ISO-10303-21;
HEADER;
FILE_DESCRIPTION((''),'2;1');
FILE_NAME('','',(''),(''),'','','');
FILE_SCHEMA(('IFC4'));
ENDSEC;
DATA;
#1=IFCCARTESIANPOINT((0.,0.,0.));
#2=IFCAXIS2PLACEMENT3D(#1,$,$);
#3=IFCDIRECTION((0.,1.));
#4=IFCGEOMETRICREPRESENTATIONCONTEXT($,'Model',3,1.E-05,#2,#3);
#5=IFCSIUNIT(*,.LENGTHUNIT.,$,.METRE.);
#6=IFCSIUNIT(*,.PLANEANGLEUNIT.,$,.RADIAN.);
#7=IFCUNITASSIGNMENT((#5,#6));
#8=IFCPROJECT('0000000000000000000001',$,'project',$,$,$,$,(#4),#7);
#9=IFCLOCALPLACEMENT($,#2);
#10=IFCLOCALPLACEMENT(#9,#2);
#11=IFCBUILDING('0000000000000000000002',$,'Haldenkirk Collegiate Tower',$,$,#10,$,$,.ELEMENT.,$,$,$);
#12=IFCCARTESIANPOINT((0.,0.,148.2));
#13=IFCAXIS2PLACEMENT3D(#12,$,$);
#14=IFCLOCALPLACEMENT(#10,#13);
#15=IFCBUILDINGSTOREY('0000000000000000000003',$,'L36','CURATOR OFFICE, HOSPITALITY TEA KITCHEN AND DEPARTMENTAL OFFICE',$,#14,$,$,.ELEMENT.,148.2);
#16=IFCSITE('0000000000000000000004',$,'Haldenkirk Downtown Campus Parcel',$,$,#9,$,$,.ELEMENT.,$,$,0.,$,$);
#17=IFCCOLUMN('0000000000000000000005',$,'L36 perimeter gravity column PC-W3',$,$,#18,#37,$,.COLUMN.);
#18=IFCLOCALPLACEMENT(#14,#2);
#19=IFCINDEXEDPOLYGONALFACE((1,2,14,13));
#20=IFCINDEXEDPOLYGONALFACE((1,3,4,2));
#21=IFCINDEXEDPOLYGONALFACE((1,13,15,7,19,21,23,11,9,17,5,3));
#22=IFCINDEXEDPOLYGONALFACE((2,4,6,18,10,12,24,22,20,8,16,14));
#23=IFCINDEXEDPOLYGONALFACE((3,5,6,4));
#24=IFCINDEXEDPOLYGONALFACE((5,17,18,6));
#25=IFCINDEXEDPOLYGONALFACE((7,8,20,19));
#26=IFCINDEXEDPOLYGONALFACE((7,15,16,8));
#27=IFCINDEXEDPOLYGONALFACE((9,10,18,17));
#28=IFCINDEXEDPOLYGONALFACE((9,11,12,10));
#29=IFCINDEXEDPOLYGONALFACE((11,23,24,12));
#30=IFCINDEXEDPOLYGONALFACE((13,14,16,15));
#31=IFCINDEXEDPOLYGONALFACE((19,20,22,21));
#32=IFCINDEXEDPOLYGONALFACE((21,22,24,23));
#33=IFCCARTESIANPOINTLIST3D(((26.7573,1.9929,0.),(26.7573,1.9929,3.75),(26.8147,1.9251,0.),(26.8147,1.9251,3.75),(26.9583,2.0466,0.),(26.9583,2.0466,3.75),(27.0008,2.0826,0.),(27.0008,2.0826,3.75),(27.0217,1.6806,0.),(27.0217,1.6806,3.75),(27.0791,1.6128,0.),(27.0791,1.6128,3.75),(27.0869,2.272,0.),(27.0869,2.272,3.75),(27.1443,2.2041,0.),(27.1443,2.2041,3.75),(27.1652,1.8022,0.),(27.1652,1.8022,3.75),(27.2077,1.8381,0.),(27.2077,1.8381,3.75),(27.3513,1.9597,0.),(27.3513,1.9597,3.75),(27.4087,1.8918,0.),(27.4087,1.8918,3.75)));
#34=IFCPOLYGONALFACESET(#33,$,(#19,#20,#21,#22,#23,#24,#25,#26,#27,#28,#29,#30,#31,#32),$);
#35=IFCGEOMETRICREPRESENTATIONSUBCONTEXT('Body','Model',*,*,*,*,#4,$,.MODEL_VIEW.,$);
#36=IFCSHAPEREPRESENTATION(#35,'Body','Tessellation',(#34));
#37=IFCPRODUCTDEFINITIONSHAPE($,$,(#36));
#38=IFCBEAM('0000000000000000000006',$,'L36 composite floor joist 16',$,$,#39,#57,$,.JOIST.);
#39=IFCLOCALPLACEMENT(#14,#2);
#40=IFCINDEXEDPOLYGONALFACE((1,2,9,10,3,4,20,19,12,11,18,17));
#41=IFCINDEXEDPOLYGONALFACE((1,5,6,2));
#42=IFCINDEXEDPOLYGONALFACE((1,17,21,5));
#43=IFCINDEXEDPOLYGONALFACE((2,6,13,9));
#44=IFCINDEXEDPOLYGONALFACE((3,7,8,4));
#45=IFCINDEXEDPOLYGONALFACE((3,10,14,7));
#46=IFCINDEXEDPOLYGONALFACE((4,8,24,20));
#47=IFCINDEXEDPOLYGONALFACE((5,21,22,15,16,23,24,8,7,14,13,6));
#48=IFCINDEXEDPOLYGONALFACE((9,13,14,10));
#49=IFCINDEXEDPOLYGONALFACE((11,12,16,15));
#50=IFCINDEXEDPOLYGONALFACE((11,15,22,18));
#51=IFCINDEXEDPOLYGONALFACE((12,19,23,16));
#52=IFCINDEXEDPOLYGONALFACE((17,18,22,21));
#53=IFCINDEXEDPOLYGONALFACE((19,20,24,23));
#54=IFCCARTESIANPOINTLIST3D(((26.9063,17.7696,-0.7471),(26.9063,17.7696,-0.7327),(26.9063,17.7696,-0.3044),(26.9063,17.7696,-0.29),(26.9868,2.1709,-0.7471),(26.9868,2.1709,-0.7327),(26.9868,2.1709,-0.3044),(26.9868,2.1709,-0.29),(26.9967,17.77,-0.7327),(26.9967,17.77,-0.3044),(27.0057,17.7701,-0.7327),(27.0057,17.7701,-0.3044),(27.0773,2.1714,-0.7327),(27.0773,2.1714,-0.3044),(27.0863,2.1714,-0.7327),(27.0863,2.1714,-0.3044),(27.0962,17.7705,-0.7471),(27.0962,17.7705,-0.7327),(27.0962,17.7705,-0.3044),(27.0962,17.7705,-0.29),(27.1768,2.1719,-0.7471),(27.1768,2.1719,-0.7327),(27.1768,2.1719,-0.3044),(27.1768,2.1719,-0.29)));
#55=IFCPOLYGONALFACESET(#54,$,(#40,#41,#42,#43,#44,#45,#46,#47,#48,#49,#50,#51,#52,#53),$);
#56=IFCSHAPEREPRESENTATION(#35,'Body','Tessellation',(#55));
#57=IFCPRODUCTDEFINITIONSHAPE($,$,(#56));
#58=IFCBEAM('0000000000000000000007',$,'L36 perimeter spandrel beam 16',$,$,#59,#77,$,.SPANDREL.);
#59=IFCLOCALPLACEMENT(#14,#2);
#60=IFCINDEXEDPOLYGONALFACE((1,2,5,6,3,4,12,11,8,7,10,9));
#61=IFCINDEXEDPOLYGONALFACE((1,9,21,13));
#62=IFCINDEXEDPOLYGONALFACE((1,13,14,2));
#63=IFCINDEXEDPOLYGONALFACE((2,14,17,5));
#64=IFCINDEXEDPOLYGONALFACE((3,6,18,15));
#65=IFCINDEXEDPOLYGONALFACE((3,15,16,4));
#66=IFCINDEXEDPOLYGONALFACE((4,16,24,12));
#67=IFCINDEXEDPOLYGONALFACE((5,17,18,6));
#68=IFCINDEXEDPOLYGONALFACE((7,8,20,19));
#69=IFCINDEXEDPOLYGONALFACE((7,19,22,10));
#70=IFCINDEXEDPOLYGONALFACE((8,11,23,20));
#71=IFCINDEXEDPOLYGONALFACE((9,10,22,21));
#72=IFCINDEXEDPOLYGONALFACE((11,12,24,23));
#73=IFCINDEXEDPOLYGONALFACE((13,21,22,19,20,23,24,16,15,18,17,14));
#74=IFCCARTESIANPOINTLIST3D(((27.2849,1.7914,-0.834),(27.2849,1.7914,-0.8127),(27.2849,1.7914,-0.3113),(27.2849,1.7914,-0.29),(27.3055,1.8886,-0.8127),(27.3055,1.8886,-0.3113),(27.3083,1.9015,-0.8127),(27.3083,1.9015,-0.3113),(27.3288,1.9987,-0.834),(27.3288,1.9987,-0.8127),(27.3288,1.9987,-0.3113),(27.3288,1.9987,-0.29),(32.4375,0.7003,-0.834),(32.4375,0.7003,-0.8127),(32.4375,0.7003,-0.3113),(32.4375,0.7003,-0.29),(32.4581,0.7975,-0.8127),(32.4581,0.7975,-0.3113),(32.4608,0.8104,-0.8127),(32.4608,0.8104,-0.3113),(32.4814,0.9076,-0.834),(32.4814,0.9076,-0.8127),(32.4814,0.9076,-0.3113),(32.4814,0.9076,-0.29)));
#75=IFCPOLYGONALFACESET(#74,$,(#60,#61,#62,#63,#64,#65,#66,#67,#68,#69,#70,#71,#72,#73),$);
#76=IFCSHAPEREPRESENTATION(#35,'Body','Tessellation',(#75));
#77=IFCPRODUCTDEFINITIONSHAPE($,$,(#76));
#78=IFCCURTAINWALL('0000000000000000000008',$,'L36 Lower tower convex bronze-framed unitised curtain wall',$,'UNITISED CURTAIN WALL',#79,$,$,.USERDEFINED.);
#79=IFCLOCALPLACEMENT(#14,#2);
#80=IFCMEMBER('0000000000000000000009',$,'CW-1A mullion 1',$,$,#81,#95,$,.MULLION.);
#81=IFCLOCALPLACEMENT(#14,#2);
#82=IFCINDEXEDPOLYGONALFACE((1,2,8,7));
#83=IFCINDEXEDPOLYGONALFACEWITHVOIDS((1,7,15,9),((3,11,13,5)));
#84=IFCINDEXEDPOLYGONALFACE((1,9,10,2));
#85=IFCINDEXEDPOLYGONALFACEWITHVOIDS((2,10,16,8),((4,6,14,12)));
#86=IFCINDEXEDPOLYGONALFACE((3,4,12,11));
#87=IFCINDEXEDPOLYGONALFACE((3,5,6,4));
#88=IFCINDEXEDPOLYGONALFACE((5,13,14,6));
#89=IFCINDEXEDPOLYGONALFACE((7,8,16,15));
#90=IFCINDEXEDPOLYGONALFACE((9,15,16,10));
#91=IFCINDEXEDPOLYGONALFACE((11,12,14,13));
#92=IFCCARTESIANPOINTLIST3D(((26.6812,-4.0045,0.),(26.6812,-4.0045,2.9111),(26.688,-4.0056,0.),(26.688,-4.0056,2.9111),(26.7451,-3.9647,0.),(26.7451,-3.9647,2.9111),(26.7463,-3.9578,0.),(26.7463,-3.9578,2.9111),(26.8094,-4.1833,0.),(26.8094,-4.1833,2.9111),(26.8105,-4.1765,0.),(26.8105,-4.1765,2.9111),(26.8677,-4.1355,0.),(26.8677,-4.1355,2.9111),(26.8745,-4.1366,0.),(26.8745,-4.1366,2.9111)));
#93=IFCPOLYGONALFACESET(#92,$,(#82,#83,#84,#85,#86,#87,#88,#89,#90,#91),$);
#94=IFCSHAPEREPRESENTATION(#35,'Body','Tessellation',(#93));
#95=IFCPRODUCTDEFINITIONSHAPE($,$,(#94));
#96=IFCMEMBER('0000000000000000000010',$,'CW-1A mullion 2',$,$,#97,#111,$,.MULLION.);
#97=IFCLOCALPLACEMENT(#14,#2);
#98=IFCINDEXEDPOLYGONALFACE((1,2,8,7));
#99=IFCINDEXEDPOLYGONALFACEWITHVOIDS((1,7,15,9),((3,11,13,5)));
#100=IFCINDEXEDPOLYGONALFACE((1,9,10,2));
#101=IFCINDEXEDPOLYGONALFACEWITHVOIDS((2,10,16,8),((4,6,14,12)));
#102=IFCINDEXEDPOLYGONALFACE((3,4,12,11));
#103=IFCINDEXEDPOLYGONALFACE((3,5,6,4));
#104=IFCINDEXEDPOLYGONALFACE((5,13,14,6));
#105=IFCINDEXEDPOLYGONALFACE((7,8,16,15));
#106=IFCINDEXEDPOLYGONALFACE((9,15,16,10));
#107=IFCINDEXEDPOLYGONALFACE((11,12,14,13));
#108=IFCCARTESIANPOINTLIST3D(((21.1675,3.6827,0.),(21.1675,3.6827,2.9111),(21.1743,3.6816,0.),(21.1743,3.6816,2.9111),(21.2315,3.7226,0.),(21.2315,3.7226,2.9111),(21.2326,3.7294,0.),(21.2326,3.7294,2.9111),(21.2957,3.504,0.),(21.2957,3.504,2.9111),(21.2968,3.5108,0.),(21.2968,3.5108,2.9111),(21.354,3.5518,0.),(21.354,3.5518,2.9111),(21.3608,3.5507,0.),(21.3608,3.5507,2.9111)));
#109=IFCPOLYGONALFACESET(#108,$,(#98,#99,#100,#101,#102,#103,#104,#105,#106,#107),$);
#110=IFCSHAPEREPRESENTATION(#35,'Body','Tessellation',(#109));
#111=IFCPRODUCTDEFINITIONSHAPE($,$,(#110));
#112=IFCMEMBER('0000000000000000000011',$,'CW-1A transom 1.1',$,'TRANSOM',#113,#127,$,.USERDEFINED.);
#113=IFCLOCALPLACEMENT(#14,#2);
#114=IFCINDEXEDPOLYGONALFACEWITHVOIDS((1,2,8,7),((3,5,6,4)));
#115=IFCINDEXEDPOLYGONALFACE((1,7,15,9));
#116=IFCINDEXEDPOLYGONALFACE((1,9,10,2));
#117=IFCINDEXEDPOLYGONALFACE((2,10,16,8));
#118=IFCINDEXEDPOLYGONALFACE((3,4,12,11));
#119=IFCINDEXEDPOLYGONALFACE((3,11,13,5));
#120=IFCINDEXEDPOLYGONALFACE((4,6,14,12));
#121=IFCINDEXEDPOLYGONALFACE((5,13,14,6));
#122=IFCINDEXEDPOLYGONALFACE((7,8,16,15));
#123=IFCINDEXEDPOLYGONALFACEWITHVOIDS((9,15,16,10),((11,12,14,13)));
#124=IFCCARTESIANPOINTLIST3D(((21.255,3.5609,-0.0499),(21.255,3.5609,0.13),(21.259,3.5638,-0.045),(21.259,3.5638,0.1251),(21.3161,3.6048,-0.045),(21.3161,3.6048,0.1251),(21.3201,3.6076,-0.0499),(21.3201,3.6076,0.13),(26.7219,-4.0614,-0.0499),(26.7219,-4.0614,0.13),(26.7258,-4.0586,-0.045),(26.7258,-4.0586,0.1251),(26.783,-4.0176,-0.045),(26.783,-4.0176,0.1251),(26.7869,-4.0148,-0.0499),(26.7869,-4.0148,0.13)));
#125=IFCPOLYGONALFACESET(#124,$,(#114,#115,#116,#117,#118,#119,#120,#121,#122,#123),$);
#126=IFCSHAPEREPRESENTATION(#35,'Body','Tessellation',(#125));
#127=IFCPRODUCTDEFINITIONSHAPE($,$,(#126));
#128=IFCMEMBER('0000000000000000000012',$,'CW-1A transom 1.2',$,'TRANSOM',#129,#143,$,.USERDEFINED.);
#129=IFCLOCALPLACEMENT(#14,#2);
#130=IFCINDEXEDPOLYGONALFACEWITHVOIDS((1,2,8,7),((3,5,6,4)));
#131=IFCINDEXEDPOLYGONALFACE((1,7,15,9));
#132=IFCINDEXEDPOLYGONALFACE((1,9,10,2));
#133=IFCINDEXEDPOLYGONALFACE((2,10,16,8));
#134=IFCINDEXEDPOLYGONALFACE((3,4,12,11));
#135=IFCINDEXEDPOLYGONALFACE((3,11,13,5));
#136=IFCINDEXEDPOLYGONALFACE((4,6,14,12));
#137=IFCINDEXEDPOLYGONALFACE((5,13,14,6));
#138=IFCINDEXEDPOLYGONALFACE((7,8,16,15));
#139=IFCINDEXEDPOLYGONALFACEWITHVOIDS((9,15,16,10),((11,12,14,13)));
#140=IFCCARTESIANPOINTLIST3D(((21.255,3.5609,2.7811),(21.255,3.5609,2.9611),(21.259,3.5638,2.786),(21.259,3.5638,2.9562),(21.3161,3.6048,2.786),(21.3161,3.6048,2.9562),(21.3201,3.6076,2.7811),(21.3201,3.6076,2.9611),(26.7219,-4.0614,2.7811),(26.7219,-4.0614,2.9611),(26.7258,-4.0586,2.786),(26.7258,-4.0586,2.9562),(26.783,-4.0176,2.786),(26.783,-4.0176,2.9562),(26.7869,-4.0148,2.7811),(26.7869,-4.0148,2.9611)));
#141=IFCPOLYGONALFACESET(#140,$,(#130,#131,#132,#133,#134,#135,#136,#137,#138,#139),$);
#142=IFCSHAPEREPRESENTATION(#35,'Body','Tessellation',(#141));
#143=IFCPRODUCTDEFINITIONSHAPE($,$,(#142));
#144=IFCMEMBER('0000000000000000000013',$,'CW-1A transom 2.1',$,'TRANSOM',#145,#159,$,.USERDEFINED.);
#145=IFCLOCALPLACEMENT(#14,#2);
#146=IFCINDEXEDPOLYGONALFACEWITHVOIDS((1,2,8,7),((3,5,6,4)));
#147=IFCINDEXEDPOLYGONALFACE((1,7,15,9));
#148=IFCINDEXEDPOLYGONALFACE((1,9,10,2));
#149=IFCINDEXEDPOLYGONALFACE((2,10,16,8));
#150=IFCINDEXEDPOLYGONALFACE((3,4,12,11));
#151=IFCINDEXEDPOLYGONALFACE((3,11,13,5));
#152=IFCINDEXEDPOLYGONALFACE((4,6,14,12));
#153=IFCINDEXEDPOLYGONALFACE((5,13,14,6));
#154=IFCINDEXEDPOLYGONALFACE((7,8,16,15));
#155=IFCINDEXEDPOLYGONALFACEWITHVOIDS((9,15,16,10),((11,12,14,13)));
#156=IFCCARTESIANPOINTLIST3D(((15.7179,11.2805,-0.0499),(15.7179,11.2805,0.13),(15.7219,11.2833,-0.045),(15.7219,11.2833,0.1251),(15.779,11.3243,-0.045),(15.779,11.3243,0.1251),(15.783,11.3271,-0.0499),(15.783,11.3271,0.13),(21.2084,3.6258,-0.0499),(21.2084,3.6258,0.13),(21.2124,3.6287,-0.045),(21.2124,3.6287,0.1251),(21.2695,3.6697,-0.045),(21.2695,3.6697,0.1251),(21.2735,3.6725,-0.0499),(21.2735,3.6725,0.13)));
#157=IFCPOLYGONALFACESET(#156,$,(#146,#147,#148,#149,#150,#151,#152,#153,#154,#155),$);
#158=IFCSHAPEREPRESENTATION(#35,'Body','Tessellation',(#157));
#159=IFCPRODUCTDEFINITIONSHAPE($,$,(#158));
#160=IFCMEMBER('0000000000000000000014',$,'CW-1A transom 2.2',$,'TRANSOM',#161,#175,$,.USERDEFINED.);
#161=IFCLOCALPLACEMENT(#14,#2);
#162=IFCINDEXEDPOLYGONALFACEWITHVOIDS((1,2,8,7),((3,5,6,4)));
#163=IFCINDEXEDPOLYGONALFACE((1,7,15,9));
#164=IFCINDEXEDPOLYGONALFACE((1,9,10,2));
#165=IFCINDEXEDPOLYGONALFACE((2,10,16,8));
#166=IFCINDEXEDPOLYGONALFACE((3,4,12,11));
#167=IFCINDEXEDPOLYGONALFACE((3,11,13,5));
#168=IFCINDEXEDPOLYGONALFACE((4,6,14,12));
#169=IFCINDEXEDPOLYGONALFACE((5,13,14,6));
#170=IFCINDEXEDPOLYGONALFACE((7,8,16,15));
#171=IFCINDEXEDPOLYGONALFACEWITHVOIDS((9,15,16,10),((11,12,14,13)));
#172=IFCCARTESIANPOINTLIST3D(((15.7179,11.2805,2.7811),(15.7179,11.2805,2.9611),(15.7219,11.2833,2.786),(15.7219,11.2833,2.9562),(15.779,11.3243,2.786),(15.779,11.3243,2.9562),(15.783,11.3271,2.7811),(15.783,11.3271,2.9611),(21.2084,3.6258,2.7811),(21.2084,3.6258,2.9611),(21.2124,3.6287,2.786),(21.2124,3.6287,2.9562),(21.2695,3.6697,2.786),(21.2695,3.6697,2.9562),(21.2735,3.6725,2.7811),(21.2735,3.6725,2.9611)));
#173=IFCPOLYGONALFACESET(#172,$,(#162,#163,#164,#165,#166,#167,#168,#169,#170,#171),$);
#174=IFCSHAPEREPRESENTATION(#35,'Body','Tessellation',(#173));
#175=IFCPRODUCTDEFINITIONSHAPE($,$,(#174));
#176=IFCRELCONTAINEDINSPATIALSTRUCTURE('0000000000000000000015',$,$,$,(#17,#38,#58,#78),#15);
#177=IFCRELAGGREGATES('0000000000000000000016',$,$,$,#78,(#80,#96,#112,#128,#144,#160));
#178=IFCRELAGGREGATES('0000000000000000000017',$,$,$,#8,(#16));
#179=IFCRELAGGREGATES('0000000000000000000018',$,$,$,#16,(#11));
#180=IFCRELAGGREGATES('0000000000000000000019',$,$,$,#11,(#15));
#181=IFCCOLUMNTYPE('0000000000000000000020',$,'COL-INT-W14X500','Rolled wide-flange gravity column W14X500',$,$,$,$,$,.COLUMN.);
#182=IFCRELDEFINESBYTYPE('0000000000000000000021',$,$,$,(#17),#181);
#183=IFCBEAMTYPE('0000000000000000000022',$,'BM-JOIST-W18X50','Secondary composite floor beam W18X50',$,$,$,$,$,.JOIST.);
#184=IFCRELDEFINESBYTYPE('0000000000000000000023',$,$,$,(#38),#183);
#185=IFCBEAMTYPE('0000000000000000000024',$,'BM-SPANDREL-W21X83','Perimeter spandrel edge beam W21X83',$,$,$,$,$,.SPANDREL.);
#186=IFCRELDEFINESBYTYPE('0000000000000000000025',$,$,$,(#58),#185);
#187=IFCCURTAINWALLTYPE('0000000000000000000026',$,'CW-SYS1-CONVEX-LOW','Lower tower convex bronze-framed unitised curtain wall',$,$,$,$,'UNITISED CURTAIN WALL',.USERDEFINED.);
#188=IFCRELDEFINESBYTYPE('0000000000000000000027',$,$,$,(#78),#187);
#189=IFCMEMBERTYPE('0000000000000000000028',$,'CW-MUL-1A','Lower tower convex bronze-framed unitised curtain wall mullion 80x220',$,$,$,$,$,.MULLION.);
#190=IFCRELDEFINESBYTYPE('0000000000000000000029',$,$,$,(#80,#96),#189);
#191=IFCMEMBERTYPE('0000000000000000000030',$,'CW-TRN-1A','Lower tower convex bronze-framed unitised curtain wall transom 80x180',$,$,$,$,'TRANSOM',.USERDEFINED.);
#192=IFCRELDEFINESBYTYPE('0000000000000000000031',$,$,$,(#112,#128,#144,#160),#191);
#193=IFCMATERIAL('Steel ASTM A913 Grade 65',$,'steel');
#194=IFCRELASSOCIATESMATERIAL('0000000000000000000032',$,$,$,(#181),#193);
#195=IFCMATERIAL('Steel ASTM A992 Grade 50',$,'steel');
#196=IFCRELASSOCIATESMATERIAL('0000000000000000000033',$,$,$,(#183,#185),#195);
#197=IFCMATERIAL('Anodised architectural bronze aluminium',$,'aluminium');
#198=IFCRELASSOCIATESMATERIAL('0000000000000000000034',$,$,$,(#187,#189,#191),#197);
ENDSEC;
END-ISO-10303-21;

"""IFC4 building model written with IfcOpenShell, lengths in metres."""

from ifc_helpers import new_model, si_unit, direction, frame, origin, origin_2d, place, context, subcontext, project, spatial, hollow_rectangle, i_section, extrude, material, material_profile, profile_set, type_object, element, aggregate, save


model = new_model("IFC4")

# Units and contexts
model_context = context("Model", 3, precision=1e-05, world=origin(), true_north=direction((0.0, 1.0)))
body_context = subcontext(model_context, "Body", "Model", "MODEL_VIEW")
ifc_project = project(units=[si_unit("LENGTHUNIT", "METRE"), si_unit("PLANEANGLEUNIT", "RADIAN")], contexts=[model_context])

# Site, building, storey
site_placement = place(None, origin())
site = spatial("IfcSite", under=ifc_project, at=site_placement, Name="Haldenkirk Downtown Campus Parcel", CompositionType="ELEMENT", RefElevation=0.0)
building_placement = place(site_placement, origin())
building = spatial("IfcBuilding", under=site, at=building_placement, Name="Haldenkirk Collegiate Tower", CompositionType="ELEMENT")
storey_placement = place(building_placement, frame((0.0, 0.0, 148.2)))
storey = spatial("IfcBuildingStorey", under=building, at=storey_placement, Name="L36", Description="CURATOR OFFICE, HOSPITALITY TEA KITCHEN AND DEPARTMENTAL OFFICE", CompositionType="ELEMENT", Elevation=148.2)

# Column
ifc_material_1 = material(Name="Steel ASTM A913 Grade 65", Category="steel")
ifc_material_profile_1 = material_profile(ifc_material_1, i_section(OverallWidth=0.4319, OverallDepth=0.498, WebThickness=0.0557, FlangeThickness=0.0889, at=origin_2d()), Name="W14X500")
ifc_profile_set_1 = profile_set([ifc_material_profile_1], Name="Steel ASTM A913 Grade 65")
column_type = type_object("IfcColumnType", Name="COL-INT-W14X500", Description="Rolled wide-flange gravity column W14X500", PredefinedType="COLUMN", material=ifc_profile_set_1)
column_placement = place(storey_placement, frame((27.083, 1.9424, 0.0), z_axis=(0.0, 0.0, 1.0), x_axis=(0.763232, 0.646124, 0.0)))
element("IfcColumn", 1, at=column_placement, inside=storey, type_object=column_type, Name="L36 perimeter gravity column PC-W3", PredefinedType="COLUMN", context=body_context, shape_type="SweptSolid", body=[
    extrude(i_section(OverallWidth=0.4319, OverallDepth=0.498, WebThickness=0.0557, FlangeThickness=0.0889, at=origin_2d()), origin(), (0.0, 0.0, 1.0), 3.75),
])

# Beams
ifc_material_2 = material(Name="Steel ASTM A992 Grade 50", Category="steel")
ifc_material_profile_2 = material_profile(ifc_material_2, i_section(OverallWidth=0.1899, OverallDepth=0.457, WebThickness=0.009, FlangeThickness=0.0144, at=origin_2d()), Name="W18X50")
ifc_profile_set_2 = profile_set([ifc_material_profile_2], Name="Steel ASTM A992 Grade 50")
beam_type_1 = type_object("IfcBeamType", Name="BM-JOIST-W18X50", Description="Secondary composite floor beam W18X50", PredefinedType="JOIST", material=ifc_profile_set_2)
beam_1_placement = place(storey_placement, frame((27.0818, 2.1714, -0.5186), z_axis=(-0.005165, 0.999987, 0.0), x_axis=(-0.999987, -0.005165, 0.0)))
element("IfcBeam", 2, at=beam_1_placement, inside=storey, type_object=beam_type_1, Name="L36 composite floor joist 16", PredefinedType="JOIST", context=body_context, shape_type="SweptSolid", body=[
    extrude(i_section(OverallWidth=0.1899, OverallDepth=0.457, WebThickness=0.009, FlangeThickness=0.0144, at=origin_2d()), origin(), (0.0, 0.0, 1.0), 15.5989),
])
ifc_material_profile_3 = material_profile(ifc_material_2, i_section(OverallWidth=0.2119, OverallDepth=0.5439, WebThickness=0.0132, FlangeThickness=0.0212, at=origin_2d()), Name="W21X83")
ifc_profile_set_3 = profile_set([ifc_material_profile_3], Name="Steel ASTM A992 Grade 50")
beam_type_2 = type_object("IfcBeamType", Name="BM-SPANDREL-W21X83", Description="Perimeter spandrel edge beam W21X83", PredefinedType="SPANDREL", material=ifc_profile_set_3)
beam_2_placement = place(storey_placement, frame((27.3069, 1.895, -0.562), z_axis=(0.978308, -0.207157, 0.0), x_axis=(0.207157, 0.978308, 0.0)))
element("IfcBeam", 3, at=beam_2_placement, inside=storey, type_object=beam_type_2, Name="L36 perimeter spandrel beam 16", PredefinedType="SPANDREL", context=body_context, shape_type="SweptSolid", body=[
    extrude(i_section(OverallWidth=0.2119, OverallDepth=0.5439, WebThickness=0.0132, FlangeThickness=0.0212, at=origin_2d()), origin(), (0.0, 0.0, 1.0), 5.2668),
])

# Curtain wall, members
ifc_material_3 = material(Name="Anodised architectural bronze aluminium", Category="aluminium")
curtain_wall_type = type_object("IfcCurtainWallType", Name="CW-SYS1-CONVEX-LOW", Description="Lower tower convex bronze-framed unitised curtain wall", ElementType="UNITISED CURTAIN WALL", PredefinedType="USERDEFINED", material=ifc_material_3)
curtain_wall_placement = place(storey_placement, origin())
curtain_wall = element("IfcCurtainWall", 4, at=curtain_wall_placement, inside=storey, type_object=curtain_wall_type, Name="L36 Lower tower convex bronze-framed unitised curtain wall", ObjectType="UNITISED CURTAIN WALL", PredefinedType="USERDEFINED")
ifc_material_profile_4 = material_profile(ifc_material_3, hollow_rectangle(XDim=0.0801, YDim=0.22, WallThickness=0.0049, at=origin_2d()), Name="CW-MUL-1A")
ifc_profile_set_4 = profile_set([ifc_material_profile_4], Name="Anodised architectural bronze aluminium")
member_type_1 = type_object("IfcMemberType", Name="CW-MUL-1A", Description="Lower tower convex bronze-framed unitised curtain wall mullion 80x220", PredefinedType="MULLION", material=ifc_profile_set_4)
member_1_placement = place(storey_placement, frame((26.7778, -4.0706, 0.0), z_axis=(0.0, 0.0, 1.0), x_axis=(-0.812592, -0.582832, 0.0)))
member_1 = element("IfcMember", 5, at=member_1_placement, type_object=member_type_1, Name="CW-1A mullion 1", PredefinedType="MULLION", context=body_context, shape_type="SweptSolid", body=[
    extrude(hollow_rectangle(XDim=0.0801, YDim=0.22, WallThickness=0.0049, at=origin_2d()), origin(), (0.0, 0.0, 1.0), 2.9111),
])
member_2_placement = place(storey_placement, frame((21.2642, 3.6167, 0.0), z_axis=(0.0, 0.0, 1.0), x_axis=(-0.812592, -0.582832, 0.0)))
member_2 = element("IfcMember", 6, at=member_2_placement, type_object=member_type_1, Name="CW-1A mullion 2", PredefinedType="MULLION", context=body_context, shape_type="SweptSolid", body=[
    extrude(hollow_rectangle(XDim=0.0801, YDim=0.22, WallThickness=0.0049, at=origin_2d()), origin(), (0.0, 0.0, 1.0), 2.9111),
])
ifc_material_profile_5 = material_profile(ifc_material_3, hollow_rectangle(XDim=0.0801, YDim=0.1799, WallThickness=0.0049, at=origin_2d()), Name="CW-TRN-1A")
ifc_profile_set_5 = profile_set([ifc_material_profile_5], Name="Anodised architectural bronze aluminium")
member_type_2 = type_object("IfcMemberType", Name="CW-TRN-1A", Description="Lower tower convex bronze-framed unitised curtain wall transom 80x180", ElementType="TRANSOM", PredefinedType="USERDEFINED", material=ifc_profile_set_5)
member_3_placement = place(storey_placement, frame((26.7544, -4.0381, 0.04), z_axis=(-0.58281, 0.812608, 0.0), x_axis=(-0.812608, -0.58281, 0.0)))
member_3 = element("IfcMember", 7, at=member_3_placement, type_object=member_type_2, Name="CW-1A transom 1.1", ObjectType="TRANSOM", PredefinedType="USERDEFINED", context=body_context, shape_type="SweptSolid", body=[
    extrude(hollow_rectangle(XDim=0.0801, YDim=0.1799, WallThickness=0.0049, at=origin_2d()), origin(), (0.0, 0.0, 1.0), 9.3801),
])
member_4_placement = place(storey_placement, frame((26.7544, -4.0381, 2.8711), z_axis=(-0.58281, 0.812608, 0.0), x_axis=(-0.812608, -0.58281, 0.0)))
member_4 = element("IfcMember", 8, at=member_4_placement, type_object=member_type_2, Name="CW-1A transom 1.2", ObjectType="TRANSOM", PredefinedType="USERDEFINED", context=body_context, shape_type="SweptSolid", body=[
    extrude(hollow_rectangle(XDim=0.0801, YDim=0.1799, WallThickness=0.0049, at=origin_2d()), origin(), (0.0, 0.0, 1.0), 9.3801),
])
member_5_placement = place(storey_placement, frame((21.241, 3.6492, 0.04), z_axis=(-0.58285, 0.81258, 0.0), x_axis=(-0.81258, -0.58285, 0.0)))
member_5 = element("IfcMember", 9, at=member_5_placement, type_object=member_type_2, Name="CW-1A transom 2.1", ObjectType="TRANSOM", PredefinedType="USERDEFINED", context=body_context, shape_type="SweptSolid", body=[
    extrude(hollow_rectangle(XDim=0.0801, YDim=0.1799, WallThickness=0.0049, at=origin_2d()), origin(), (0.0, 0.0, 1.0), 9.4202),
])
member_6_placement = place(storey_placement, frame((21.241, 3.6492, 2.8711), z_axis=(-0.58285, 0.81258, 0.0), x_axis=(-0.81258, -0.58285, 0.0)))
member_6 = element("IfcMember", 10, at=member_6_placement, type_object=member_type_2, Name="CW-1A transom 2.2", ObjectType="TRANSOM", PredefinedType="USERDEFINED", context=body_context, shape_type="SweptSolid", body=[
    extrude(hollow_rectangle(XDim=0.0801, YDim=0.1799, WallThickness=0.0049, at=origin_2d()), origin(), (0.0, 0.0, 1.0), 9.4202),
])
aggregate(curtain_wall, [member_1, member_2, member_3, member_4, member_5, member_6])

save(model, "model.ifc")
